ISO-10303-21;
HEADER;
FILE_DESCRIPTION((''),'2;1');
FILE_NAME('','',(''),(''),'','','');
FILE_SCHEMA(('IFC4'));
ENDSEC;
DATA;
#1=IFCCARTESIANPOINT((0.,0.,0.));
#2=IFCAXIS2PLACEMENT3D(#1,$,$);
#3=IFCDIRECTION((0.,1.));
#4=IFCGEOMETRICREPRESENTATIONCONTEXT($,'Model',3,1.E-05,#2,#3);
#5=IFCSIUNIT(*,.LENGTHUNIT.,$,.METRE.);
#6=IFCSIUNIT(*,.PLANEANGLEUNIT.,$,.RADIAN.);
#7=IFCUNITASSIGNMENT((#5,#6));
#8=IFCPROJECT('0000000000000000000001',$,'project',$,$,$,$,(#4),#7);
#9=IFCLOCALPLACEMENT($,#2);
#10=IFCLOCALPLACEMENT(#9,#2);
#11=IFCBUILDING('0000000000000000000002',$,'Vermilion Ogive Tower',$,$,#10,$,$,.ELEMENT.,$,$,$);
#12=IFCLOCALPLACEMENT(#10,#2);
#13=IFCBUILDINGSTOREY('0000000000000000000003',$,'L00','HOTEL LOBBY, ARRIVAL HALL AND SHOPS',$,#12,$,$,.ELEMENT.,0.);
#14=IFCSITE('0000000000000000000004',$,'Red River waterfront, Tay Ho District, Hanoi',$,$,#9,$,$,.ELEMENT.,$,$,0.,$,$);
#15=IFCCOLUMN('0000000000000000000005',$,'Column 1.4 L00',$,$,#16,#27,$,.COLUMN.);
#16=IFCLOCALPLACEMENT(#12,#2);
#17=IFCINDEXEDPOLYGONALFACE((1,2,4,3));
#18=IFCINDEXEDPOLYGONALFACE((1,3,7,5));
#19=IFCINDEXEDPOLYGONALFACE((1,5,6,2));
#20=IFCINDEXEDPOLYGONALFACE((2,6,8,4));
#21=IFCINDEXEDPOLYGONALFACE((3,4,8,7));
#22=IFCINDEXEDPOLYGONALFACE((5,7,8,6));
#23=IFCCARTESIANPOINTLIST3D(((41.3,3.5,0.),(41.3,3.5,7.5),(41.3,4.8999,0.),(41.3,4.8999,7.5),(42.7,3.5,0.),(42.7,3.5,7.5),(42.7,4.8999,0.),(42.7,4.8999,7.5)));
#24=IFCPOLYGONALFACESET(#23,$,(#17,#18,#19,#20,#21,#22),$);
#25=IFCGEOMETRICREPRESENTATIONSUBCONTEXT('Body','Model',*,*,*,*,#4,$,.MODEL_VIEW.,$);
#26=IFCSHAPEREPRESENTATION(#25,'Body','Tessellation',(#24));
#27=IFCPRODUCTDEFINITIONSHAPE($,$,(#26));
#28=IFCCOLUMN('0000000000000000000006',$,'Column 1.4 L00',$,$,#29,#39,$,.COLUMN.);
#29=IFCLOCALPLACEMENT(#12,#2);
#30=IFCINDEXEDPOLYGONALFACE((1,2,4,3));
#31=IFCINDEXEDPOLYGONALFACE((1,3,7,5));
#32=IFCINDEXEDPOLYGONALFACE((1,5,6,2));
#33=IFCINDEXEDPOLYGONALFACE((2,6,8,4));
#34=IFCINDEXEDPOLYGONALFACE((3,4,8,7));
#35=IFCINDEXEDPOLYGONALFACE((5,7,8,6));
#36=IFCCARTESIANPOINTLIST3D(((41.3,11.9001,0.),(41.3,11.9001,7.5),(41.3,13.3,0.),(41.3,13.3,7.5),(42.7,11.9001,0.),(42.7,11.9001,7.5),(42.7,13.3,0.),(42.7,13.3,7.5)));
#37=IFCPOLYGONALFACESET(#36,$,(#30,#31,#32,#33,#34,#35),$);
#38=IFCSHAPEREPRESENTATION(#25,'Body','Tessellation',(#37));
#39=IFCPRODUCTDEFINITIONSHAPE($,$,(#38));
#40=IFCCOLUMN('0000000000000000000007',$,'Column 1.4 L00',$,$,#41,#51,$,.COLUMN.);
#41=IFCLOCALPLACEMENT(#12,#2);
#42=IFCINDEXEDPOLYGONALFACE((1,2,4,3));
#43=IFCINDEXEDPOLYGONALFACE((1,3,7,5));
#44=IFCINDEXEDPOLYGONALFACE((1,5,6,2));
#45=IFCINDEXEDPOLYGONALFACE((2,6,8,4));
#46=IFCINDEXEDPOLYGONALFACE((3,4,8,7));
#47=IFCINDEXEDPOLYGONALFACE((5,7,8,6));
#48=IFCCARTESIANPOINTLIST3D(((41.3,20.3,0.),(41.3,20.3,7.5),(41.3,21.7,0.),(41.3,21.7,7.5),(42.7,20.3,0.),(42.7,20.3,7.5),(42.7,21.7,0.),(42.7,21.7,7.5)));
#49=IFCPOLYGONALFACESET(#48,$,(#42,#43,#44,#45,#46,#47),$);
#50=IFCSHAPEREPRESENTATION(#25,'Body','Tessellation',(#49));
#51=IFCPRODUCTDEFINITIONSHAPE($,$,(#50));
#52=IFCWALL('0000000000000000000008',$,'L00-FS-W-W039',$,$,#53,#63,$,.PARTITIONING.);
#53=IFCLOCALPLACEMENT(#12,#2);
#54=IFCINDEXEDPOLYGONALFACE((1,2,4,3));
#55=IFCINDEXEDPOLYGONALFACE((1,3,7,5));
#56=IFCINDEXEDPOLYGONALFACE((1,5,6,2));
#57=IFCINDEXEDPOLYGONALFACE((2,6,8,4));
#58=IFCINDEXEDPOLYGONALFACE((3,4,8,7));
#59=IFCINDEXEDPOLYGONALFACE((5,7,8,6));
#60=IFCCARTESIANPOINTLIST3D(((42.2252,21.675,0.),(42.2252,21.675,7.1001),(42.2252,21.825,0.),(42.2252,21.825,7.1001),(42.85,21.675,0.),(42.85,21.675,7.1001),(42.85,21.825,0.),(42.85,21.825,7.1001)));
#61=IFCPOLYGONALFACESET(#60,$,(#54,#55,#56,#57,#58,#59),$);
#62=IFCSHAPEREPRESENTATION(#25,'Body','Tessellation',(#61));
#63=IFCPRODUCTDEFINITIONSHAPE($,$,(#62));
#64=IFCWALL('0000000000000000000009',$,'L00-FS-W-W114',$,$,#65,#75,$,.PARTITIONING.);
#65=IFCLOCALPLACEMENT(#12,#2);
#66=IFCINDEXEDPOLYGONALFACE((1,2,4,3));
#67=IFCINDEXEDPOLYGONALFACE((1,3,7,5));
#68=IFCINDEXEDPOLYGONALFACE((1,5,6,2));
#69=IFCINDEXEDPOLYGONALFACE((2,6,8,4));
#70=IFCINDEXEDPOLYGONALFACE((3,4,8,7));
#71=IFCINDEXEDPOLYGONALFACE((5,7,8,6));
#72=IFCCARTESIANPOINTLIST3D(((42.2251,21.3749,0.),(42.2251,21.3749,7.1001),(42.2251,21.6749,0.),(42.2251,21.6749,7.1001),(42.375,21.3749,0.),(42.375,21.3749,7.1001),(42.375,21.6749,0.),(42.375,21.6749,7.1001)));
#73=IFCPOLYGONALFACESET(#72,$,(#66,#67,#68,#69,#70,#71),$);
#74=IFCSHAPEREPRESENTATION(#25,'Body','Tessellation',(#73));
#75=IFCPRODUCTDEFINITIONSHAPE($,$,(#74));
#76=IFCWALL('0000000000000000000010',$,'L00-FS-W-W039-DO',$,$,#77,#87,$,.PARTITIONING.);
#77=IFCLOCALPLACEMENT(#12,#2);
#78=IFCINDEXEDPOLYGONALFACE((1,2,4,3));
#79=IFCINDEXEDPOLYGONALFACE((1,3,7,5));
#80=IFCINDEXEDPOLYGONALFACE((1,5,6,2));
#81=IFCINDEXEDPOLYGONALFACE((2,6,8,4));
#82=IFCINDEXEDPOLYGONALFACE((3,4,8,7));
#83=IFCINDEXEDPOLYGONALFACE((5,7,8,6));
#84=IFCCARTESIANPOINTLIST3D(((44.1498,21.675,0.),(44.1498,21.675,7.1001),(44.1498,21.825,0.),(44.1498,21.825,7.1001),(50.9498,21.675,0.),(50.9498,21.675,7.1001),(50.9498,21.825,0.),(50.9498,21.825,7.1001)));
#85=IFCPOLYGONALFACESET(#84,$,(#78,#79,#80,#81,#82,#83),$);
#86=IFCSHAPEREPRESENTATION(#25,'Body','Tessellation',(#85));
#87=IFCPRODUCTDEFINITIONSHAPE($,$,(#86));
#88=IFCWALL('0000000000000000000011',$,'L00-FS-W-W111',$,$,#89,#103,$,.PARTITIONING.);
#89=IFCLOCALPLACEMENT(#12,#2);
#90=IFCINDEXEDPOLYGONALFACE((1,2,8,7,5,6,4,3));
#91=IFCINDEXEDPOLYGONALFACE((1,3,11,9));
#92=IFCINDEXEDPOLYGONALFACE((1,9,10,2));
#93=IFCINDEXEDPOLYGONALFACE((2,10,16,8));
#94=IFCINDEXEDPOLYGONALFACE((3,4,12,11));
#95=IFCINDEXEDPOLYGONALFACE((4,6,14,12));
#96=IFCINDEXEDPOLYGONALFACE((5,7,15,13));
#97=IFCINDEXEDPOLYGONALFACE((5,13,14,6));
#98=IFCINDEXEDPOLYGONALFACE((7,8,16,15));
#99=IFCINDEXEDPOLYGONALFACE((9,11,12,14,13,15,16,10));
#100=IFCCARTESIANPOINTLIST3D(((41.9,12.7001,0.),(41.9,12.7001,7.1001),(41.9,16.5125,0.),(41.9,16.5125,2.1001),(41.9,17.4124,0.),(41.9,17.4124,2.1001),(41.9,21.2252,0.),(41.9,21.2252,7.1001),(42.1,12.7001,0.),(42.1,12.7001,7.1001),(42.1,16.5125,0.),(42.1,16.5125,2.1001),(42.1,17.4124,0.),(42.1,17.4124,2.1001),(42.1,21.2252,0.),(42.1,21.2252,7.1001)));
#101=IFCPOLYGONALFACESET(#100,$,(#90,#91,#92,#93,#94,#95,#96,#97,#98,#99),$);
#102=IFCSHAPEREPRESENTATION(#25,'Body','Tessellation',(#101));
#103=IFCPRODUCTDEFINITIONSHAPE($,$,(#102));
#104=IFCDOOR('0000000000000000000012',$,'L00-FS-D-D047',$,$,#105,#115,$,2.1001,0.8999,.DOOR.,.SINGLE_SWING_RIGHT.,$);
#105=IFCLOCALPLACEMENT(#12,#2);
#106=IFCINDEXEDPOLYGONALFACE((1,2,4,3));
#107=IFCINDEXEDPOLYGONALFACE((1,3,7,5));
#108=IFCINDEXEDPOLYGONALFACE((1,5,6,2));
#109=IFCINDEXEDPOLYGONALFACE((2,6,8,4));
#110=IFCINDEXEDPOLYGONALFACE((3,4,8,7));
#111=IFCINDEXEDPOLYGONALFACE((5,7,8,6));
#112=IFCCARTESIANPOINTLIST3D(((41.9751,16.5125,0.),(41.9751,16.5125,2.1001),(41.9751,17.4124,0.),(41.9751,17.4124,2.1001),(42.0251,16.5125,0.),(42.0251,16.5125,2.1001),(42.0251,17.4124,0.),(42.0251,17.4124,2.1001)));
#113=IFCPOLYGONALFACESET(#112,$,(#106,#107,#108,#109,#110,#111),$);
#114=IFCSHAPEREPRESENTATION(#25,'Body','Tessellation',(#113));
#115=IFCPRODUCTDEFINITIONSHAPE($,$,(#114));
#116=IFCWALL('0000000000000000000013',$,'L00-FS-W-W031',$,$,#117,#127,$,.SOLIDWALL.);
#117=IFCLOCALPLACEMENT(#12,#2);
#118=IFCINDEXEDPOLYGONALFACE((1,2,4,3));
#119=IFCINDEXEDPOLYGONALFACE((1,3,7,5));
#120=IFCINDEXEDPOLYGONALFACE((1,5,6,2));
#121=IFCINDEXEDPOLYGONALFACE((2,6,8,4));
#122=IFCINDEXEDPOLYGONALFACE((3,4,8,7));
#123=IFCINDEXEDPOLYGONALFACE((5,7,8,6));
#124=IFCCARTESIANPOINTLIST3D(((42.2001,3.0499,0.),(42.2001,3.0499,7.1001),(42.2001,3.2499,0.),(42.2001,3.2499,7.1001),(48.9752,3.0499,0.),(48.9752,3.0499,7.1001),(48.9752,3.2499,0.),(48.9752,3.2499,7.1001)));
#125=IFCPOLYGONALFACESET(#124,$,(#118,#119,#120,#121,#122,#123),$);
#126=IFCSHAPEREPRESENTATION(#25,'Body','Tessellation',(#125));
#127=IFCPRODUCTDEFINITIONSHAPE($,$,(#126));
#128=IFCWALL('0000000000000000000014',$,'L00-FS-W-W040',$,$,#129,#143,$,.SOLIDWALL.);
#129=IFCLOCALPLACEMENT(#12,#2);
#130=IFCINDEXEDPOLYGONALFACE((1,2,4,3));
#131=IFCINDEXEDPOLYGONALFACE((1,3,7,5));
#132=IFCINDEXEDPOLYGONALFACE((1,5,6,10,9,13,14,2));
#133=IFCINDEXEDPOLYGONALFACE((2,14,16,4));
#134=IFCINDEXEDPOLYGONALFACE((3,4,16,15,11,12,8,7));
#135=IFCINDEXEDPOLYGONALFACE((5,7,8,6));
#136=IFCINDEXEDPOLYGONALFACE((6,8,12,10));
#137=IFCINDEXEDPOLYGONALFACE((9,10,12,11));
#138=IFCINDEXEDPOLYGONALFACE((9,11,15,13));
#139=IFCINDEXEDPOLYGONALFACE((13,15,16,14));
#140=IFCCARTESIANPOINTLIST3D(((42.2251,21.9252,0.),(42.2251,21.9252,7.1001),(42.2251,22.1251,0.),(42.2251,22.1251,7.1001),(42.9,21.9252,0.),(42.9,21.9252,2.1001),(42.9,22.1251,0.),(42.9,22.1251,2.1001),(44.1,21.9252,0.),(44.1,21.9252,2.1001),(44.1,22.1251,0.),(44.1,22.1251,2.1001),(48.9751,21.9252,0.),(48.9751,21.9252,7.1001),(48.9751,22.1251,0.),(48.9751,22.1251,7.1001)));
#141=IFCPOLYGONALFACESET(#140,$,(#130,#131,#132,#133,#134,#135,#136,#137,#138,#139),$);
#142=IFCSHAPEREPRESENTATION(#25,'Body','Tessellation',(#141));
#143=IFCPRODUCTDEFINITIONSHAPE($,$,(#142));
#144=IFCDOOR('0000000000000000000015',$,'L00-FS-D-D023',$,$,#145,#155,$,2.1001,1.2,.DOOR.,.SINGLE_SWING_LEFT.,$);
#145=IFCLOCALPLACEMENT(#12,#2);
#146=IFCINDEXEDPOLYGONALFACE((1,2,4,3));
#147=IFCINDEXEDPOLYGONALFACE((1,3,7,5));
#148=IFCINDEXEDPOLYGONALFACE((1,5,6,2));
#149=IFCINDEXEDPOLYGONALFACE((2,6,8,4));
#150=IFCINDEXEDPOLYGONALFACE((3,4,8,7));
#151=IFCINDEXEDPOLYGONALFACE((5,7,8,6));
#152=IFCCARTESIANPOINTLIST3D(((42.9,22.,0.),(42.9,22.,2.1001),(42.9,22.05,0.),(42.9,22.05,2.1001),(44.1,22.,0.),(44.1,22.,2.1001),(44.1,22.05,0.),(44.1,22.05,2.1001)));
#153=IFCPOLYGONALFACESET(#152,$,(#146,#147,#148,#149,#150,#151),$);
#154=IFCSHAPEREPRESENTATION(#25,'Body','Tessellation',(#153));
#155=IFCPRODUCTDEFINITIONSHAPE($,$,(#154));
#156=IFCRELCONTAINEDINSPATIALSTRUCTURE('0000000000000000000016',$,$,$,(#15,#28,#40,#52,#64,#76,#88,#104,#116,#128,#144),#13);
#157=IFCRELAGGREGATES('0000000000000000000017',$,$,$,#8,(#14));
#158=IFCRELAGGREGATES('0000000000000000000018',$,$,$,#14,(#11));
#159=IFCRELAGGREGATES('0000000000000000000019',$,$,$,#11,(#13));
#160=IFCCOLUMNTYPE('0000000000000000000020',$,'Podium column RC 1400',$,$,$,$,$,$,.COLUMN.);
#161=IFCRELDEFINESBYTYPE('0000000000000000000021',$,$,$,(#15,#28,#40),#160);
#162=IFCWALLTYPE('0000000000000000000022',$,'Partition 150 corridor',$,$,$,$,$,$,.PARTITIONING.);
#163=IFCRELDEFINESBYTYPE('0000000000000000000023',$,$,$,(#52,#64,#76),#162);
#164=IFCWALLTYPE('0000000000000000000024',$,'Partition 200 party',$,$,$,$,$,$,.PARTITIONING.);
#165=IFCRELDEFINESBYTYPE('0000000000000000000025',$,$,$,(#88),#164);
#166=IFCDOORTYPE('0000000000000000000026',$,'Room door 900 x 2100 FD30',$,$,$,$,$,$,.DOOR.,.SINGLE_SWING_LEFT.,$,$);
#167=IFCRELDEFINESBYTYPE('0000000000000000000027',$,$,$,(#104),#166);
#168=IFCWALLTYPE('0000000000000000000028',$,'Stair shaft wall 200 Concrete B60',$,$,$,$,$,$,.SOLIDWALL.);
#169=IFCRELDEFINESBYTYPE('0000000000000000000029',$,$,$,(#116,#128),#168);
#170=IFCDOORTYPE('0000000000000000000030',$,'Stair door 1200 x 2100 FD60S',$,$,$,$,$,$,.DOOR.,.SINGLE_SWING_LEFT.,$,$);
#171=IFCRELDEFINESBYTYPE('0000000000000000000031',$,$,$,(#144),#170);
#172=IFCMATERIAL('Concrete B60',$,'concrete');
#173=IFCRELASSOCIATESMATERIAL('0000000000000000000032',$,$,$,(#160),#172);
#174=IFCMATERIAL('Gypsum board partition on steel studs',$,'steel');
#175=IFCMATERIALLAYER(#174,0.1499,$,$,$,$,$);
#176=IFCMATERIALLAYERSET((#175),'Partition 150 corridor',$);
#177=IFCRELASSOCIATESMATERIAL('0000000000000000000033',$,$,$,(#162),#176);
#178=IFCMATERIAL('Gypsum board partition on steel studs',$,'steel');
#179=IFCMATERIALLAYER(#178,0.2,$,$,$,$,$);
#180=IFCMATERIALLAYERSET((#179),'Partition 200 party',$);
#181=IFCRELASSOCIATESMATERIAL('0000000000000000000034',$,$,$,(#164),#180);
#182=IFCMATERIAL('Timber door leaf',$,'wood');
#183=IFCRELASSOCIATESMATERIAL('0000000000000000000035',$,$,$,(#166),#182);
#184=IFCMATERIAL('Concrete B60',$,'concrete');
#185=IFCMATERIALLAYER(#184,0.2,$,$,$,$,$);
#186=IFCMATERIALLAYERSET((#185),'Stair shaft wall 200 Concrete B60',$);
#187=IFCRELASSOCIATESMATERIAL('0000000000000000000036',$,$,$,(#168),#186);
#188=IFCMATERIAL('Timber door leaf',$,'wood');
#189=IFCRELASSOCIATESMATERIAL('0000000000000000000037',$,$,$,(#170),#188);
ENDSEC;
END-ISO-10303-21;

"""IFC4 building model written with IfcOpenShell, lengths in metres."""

from ifc_helpers import new_model, si_unit, direction, frame, frame_2d, origin, origin_2d, place, context, subcontext, project, spatial, rectangle, extrude, material, layer, layer_set, material_profile, profile_set, type_object, element, fill, save


model = new_model("IFC4")

# Units and contexts
model_context = context("Model", 3, precision=1e-05, world=origin(), true_north=direction((0.0, 1.0)))
body_context = subcontext(model_context, "Body", "Model", "MODEL_VIEW")
ifc_project = project(units=[si_unit("LENGTHUNIT", "METRE"), si_unit("PLANEANGLEUNIT", "RADIAN")], contexts=[model_context])

# Site, building, storey
site_placement = place(None, origin())
site = spatial("IfcSite", under=ifc_project, at=site_placement, Name="Red River waterfront, Tay Ho District, Hanoi", CompositionType="ELEMENT", RefElevation=0.0)
building_placement = place(site_placement, origin())
building = spatial("IfcBuilding", under=site, at=building_placement, Name="Vermilion Ogive Tower", CompositionType="ELEMENT")
storey_placement = place(building_placement, origin())
storey = spatial("IfcBuildingStorey", under=building, at=storey_placement, Name="L00", Description="HOTEL LOBBY, ARRIVAL HALL AND SHOPS", CompositionType="ELEMENT", Elevation=0.0)

# Columns
ifc_material_1 = material(Name="Concrete B60", Category="concrete")
ifc_material_profile = material_profile(ifc_material_1, rectangle(XDim=1.3999, YDim=1.3999, at=origin_2d()), Name="RC 1400x1400")
ifc_profile_set = profile_set([ifc_material_profile], Name="Concrete B60")
column_type = type_object("IfcColumnType", Name="Podium column RC 1400", PredefinedType="COLUMN", material=ifc_profile_set)
for number, where, z_axis, x_axis, name in (
    (1, (42.0, 4.2, 0.0), (0.0, 0.0, 1.0), (1.0, 0.0, 0.0), "Column 1.4 L00"),
    (2, (42.0, 12.6001, 0.0), (0.0, 0.0, 1.0), (1.0, 0.0, 0.0), "Column 1.4 L00"),
    (3, (42.0, 21.0, 0.0), (0.0, 0.0, 1.0), (1.0, 0.0, 0.0), "Column 1.4 L00"),
):
    element("IfcColumn", number, at=place(storey_placement, frame(where, z_axis=z_axis, x_axis=x_axis)), inside=storey, type_object=column_type, Name=name, PredefinedType="COLUMN", context=body_context, shape_type="SweptSolid", body=[
        extrude(rectangle(XDim=1.3999, YDim=1.3999, at=origin_2d()), origin(), (0.0, 0.0, 1.0), 7.5),
    ])

# Walls
ifc_material_2 = material(Name="Gypsum board partition on steel studs", Category="steel")
ifc_layer_1 = layer(ifc_material_2, 0.1499)
ifc_layer_set_1 = layer_set([ifc_layer_1], Name="Partition 150 corridor")
wall_type_1 = type_object("IfcWallType", Name="Partition 150 corridor", PredefinedType="PARTITIONING", material=ifc_layer_set_1)
wall_1_placement = place(storey_placement, frame((42.2251, 21.75, 0.0), z_axis=(0.0, 0.0, 1.0), x_axis=(1.0, 0.0, 0.0)))
element("IfcWall", 4, at=wall_1_placement, inside=storey, type_object=wall_type_1, Name="L00-FS-W-W039", PredefinedType="PARTITIONING", context=body_context, shape_type="SweptSolid", body=[
    extrude(rectangle(XDim=0.6248, YDim=0.1499, at=frame_2d((0.3125, 0.0))), origin(), (0.0, 0.0, 1.0), 7.1001),
])
wall_2_placement = place(storey_placement, frame((42.3, 21.375, 0.0), z_axis=(0.0, 0.0, 1.0), x_axis=(0.0, 1.0, 0.0)))
element("IfcWall", 5, at=wall_2_placement, inside=storey, type_object=wall_type_1, Name="L00-FS-W-W114", PredefinedType="PARTITIONING", context=body_context, shape_type="SweptSolid", body=[
    extrude(rectangle(XDim=0.3, YDim=0.1499, at=frame_2d((0.1499, 0.0))), origin(), (0.0, 0.0, 1.0), 7.1001),
])
wall_3_placement = place(storey_placement, frame((44.1499, 21.75, 0.0), z_axis=(0.0, 0.0, 1.0), x_axis=(1.0, 0.0, 0.0)))
element("IfcWall", 6, at=wall_3_placement, inside=storey, type_object=wall_type_1, Name="L00-FS-W-W039-DO", PredefinedType="PARTITIONING", context=body_context, shape_type="SweptSolid", body=[
    extrude(rectangle(XDim=6.8, YDim=0.1499, at=frame_2d((3.3999, 0.0))), origin(), (0.0, 0.0, 1.0), 7.1001),
])

# Wall, opening, door
ifc_material_3 = material(Name="Gypsum board partition on steel studs", Category="steel")
ifc_layer_2 = layer(ifc_material_3, 0.2)
ifc_layer_set_2 = layer_set([ifc_layer_2], Name="Partition 200 party")
wall_type_2 = type_object("IfcWallType", Name="Partition 200 party", PredefinedType="PARTITIONING", material=ifc_layer_set_2)
wall_4_placement = place(storey_placement, frame((42.0, 12.7, 0.0), z_axis=(0.0, 0.0, 1.0), x_axis=(0.0, 1.0, 0.0)))
wall_4 = element("IfcWall", 7, at=wall_4_placement, inside=storey, type_object=wall_type_2, Name="L00-FS-W-W111", PredefinedType="PARTITIONING", context=body_context, shape_type="SweptSolid", body=[
    extrude(rectangle(XDim=8.5251, YDim=0.2, at=frame_2d((4.2627, 0.0))), origin(), (0.0, 0.0, 1.0), 7.1001),
])
opening_1_placement = place(wall_4_placement, frame((3.8125, 0.0, 0.0)))
opening_1 = element("IfcOpeningElement", 8, at=opening_1_placement, cuts=wall_4, PredefinedType="OPENING", context=body_context, shape_type="SweptSolid", body=[
    extrude(rectangle(XDim=0.8999, YDim=2.1001, at=frame_2d((0.45, 1.05))), frame((0.0, 0.1099, 0.0), z_axis=(0.0, -1.0, 0.0), x_axis=(1.0, 0.0, 0.0)), (0.0, 0.0, 1.0), 0.22),
])
ifc_material_4 = material(Name="Timber door leaf", Category="wood")
door_type_1 = type_object("IfcDoorType", Name="Room door 900 x 2100 FD30", OperationType="SINGLE_SWING_LEFT", PredefinedType="DOOR", material=ifc_material_4)
door_1_placement = place(opening_1_placement, origin())
door_1 = element("IfcDoor", 9, at=door_1_placement, inside=storey, type_object=door_type_1, Name="L00-FS-D-D047", OperationType="SINGLE_SWING_RIGHT", OverallHeight=2.1001, OverallWidth=0.8999, PredefinedType="DOOR", context=body_context, shape_type="SweptSolid", body=[
    extrude(rectangle(XDim=0.8999, YDim=2.1001, at=frame_2d((0.45, 1.05))), frame((0.0, 0.0249, 0.0), z_axis=(0.0, -1.0, 0.0), x_axis=(1.0, 0.0, 0.0)), (0.0, 0.0, 1.0), 0.05),
])
fill(opening_1, door_1)

# Wall
ifc_material_5 = material(Name="Concrete B60", Category="concrete")
ifc_layer_3 = layer(ifc_material_5, 0.2)
ifc_layer_set_3 = layer_set([ifc_layer_3], Name="Stair shaft wall 200 Concrete B60")
wall_type_3 = type_object("IfcWallType", Name="Stair shaft wall 200 Concrete B60", PredefinedType="SOLIDWALL", material=ifc_layer_set_3)
wall_5_placement = place(storey_placement, frame((42.2, 3.1499, 0.0), z_axis=(0.0, 0.0, 1.0), x_axis=(1.0, 0.0, 0.0)))
element("IfcWall", 10, at=wall_5_placement, inside=storey, type_object=wall_type_3, Name="L00-FS-W-W031", PredefinedType="SOLIDWALL", context=body_context, shape_type="SweptSolid", body=[
    extrude(rectangle(XDim=6.7751, YDim=0.2, at=frame_2d((3.3877, 0.0))), origin(), (0.0, 0.0, 1.0), 7.1001),
])

# Wall, opening, door
wall_6_placement = place(storey_placement, frame((42.2251, 22.0251, 0.0), z_axis=(0.0, 0.0, 1.0), x_axis=(1.0, 0.0, 0.0)))
wall_6 = element("IfcWall", 11, at=wall_6_placement, inside=storey, type_object=wall_type_3, Name="L00-FS-W-W040", PredefinedType="SOLIDWALL", context=body_context, shape_type="SweptSolid", body=[
    extrude(rectangle(XDim=6.75, YDim=0.2, at=frame_2d((3.375, 0.0))), origin(), (0.0, 0.0, 1.0), 7.1001),
])
opening_2_placement = place(wall_6_placement, frame((0.6748, 0.0, 0.0)))
opening_2 = element("IfcOpeningElement", 12, at=opening_2_placement, cuts=wall_6, PredefinedType="OPENING", context=body_context, shape_type="SweptSolid", body=[
    extrude(rectangle(XDim=1.2, YDim=2.1001, at=frame_2d((0.6001, 1.05))), frame((0.0, 0.1099, 0.0), z_axis=(0.0, -1.0, 0.0), x_axis=(1.0, 0.0, 0.0)), (0.0, 0.0, 1.0), 0.22),
])
ifc_material_6 = material(Name="Timber door leaf", Category="wood")
door_type_2 = type_object("IfcDoorType", Name="Stair door 1200 x 2100 FD60S", OperationType="SINGLE_SWING_LEFT", PredefinedType="DOOR", material=ifc_material_6)
door_2_placement = place(opening_2_placement, origin())
door_2 = element("IfcDoor", 13, at=door_2_placement, inside=storey, type_object=door_type_2, Name="L00-FS-D-D023", OperationType="SINGLE_SWING_LEFT", OverallHeight=2.1001, OverallWidth=1.2, PredefinedType="DOOR", context=body_context, shape_type="SweptSolid", body=[
    extrude(rectangle(XDim=1.2, YDim=2.1001, at=frame_2d((0.6001, 1.05))), frame((0.0, 0.0249, 0.0), z_axis=(0.0, -1.0, 0.0), x_axis=(1.0, 0.0, 0.0)), (0.0, 0.0, 1.0), 0.05),
])
fill(opening_2, door_2)

save(model, "model.ifc")
